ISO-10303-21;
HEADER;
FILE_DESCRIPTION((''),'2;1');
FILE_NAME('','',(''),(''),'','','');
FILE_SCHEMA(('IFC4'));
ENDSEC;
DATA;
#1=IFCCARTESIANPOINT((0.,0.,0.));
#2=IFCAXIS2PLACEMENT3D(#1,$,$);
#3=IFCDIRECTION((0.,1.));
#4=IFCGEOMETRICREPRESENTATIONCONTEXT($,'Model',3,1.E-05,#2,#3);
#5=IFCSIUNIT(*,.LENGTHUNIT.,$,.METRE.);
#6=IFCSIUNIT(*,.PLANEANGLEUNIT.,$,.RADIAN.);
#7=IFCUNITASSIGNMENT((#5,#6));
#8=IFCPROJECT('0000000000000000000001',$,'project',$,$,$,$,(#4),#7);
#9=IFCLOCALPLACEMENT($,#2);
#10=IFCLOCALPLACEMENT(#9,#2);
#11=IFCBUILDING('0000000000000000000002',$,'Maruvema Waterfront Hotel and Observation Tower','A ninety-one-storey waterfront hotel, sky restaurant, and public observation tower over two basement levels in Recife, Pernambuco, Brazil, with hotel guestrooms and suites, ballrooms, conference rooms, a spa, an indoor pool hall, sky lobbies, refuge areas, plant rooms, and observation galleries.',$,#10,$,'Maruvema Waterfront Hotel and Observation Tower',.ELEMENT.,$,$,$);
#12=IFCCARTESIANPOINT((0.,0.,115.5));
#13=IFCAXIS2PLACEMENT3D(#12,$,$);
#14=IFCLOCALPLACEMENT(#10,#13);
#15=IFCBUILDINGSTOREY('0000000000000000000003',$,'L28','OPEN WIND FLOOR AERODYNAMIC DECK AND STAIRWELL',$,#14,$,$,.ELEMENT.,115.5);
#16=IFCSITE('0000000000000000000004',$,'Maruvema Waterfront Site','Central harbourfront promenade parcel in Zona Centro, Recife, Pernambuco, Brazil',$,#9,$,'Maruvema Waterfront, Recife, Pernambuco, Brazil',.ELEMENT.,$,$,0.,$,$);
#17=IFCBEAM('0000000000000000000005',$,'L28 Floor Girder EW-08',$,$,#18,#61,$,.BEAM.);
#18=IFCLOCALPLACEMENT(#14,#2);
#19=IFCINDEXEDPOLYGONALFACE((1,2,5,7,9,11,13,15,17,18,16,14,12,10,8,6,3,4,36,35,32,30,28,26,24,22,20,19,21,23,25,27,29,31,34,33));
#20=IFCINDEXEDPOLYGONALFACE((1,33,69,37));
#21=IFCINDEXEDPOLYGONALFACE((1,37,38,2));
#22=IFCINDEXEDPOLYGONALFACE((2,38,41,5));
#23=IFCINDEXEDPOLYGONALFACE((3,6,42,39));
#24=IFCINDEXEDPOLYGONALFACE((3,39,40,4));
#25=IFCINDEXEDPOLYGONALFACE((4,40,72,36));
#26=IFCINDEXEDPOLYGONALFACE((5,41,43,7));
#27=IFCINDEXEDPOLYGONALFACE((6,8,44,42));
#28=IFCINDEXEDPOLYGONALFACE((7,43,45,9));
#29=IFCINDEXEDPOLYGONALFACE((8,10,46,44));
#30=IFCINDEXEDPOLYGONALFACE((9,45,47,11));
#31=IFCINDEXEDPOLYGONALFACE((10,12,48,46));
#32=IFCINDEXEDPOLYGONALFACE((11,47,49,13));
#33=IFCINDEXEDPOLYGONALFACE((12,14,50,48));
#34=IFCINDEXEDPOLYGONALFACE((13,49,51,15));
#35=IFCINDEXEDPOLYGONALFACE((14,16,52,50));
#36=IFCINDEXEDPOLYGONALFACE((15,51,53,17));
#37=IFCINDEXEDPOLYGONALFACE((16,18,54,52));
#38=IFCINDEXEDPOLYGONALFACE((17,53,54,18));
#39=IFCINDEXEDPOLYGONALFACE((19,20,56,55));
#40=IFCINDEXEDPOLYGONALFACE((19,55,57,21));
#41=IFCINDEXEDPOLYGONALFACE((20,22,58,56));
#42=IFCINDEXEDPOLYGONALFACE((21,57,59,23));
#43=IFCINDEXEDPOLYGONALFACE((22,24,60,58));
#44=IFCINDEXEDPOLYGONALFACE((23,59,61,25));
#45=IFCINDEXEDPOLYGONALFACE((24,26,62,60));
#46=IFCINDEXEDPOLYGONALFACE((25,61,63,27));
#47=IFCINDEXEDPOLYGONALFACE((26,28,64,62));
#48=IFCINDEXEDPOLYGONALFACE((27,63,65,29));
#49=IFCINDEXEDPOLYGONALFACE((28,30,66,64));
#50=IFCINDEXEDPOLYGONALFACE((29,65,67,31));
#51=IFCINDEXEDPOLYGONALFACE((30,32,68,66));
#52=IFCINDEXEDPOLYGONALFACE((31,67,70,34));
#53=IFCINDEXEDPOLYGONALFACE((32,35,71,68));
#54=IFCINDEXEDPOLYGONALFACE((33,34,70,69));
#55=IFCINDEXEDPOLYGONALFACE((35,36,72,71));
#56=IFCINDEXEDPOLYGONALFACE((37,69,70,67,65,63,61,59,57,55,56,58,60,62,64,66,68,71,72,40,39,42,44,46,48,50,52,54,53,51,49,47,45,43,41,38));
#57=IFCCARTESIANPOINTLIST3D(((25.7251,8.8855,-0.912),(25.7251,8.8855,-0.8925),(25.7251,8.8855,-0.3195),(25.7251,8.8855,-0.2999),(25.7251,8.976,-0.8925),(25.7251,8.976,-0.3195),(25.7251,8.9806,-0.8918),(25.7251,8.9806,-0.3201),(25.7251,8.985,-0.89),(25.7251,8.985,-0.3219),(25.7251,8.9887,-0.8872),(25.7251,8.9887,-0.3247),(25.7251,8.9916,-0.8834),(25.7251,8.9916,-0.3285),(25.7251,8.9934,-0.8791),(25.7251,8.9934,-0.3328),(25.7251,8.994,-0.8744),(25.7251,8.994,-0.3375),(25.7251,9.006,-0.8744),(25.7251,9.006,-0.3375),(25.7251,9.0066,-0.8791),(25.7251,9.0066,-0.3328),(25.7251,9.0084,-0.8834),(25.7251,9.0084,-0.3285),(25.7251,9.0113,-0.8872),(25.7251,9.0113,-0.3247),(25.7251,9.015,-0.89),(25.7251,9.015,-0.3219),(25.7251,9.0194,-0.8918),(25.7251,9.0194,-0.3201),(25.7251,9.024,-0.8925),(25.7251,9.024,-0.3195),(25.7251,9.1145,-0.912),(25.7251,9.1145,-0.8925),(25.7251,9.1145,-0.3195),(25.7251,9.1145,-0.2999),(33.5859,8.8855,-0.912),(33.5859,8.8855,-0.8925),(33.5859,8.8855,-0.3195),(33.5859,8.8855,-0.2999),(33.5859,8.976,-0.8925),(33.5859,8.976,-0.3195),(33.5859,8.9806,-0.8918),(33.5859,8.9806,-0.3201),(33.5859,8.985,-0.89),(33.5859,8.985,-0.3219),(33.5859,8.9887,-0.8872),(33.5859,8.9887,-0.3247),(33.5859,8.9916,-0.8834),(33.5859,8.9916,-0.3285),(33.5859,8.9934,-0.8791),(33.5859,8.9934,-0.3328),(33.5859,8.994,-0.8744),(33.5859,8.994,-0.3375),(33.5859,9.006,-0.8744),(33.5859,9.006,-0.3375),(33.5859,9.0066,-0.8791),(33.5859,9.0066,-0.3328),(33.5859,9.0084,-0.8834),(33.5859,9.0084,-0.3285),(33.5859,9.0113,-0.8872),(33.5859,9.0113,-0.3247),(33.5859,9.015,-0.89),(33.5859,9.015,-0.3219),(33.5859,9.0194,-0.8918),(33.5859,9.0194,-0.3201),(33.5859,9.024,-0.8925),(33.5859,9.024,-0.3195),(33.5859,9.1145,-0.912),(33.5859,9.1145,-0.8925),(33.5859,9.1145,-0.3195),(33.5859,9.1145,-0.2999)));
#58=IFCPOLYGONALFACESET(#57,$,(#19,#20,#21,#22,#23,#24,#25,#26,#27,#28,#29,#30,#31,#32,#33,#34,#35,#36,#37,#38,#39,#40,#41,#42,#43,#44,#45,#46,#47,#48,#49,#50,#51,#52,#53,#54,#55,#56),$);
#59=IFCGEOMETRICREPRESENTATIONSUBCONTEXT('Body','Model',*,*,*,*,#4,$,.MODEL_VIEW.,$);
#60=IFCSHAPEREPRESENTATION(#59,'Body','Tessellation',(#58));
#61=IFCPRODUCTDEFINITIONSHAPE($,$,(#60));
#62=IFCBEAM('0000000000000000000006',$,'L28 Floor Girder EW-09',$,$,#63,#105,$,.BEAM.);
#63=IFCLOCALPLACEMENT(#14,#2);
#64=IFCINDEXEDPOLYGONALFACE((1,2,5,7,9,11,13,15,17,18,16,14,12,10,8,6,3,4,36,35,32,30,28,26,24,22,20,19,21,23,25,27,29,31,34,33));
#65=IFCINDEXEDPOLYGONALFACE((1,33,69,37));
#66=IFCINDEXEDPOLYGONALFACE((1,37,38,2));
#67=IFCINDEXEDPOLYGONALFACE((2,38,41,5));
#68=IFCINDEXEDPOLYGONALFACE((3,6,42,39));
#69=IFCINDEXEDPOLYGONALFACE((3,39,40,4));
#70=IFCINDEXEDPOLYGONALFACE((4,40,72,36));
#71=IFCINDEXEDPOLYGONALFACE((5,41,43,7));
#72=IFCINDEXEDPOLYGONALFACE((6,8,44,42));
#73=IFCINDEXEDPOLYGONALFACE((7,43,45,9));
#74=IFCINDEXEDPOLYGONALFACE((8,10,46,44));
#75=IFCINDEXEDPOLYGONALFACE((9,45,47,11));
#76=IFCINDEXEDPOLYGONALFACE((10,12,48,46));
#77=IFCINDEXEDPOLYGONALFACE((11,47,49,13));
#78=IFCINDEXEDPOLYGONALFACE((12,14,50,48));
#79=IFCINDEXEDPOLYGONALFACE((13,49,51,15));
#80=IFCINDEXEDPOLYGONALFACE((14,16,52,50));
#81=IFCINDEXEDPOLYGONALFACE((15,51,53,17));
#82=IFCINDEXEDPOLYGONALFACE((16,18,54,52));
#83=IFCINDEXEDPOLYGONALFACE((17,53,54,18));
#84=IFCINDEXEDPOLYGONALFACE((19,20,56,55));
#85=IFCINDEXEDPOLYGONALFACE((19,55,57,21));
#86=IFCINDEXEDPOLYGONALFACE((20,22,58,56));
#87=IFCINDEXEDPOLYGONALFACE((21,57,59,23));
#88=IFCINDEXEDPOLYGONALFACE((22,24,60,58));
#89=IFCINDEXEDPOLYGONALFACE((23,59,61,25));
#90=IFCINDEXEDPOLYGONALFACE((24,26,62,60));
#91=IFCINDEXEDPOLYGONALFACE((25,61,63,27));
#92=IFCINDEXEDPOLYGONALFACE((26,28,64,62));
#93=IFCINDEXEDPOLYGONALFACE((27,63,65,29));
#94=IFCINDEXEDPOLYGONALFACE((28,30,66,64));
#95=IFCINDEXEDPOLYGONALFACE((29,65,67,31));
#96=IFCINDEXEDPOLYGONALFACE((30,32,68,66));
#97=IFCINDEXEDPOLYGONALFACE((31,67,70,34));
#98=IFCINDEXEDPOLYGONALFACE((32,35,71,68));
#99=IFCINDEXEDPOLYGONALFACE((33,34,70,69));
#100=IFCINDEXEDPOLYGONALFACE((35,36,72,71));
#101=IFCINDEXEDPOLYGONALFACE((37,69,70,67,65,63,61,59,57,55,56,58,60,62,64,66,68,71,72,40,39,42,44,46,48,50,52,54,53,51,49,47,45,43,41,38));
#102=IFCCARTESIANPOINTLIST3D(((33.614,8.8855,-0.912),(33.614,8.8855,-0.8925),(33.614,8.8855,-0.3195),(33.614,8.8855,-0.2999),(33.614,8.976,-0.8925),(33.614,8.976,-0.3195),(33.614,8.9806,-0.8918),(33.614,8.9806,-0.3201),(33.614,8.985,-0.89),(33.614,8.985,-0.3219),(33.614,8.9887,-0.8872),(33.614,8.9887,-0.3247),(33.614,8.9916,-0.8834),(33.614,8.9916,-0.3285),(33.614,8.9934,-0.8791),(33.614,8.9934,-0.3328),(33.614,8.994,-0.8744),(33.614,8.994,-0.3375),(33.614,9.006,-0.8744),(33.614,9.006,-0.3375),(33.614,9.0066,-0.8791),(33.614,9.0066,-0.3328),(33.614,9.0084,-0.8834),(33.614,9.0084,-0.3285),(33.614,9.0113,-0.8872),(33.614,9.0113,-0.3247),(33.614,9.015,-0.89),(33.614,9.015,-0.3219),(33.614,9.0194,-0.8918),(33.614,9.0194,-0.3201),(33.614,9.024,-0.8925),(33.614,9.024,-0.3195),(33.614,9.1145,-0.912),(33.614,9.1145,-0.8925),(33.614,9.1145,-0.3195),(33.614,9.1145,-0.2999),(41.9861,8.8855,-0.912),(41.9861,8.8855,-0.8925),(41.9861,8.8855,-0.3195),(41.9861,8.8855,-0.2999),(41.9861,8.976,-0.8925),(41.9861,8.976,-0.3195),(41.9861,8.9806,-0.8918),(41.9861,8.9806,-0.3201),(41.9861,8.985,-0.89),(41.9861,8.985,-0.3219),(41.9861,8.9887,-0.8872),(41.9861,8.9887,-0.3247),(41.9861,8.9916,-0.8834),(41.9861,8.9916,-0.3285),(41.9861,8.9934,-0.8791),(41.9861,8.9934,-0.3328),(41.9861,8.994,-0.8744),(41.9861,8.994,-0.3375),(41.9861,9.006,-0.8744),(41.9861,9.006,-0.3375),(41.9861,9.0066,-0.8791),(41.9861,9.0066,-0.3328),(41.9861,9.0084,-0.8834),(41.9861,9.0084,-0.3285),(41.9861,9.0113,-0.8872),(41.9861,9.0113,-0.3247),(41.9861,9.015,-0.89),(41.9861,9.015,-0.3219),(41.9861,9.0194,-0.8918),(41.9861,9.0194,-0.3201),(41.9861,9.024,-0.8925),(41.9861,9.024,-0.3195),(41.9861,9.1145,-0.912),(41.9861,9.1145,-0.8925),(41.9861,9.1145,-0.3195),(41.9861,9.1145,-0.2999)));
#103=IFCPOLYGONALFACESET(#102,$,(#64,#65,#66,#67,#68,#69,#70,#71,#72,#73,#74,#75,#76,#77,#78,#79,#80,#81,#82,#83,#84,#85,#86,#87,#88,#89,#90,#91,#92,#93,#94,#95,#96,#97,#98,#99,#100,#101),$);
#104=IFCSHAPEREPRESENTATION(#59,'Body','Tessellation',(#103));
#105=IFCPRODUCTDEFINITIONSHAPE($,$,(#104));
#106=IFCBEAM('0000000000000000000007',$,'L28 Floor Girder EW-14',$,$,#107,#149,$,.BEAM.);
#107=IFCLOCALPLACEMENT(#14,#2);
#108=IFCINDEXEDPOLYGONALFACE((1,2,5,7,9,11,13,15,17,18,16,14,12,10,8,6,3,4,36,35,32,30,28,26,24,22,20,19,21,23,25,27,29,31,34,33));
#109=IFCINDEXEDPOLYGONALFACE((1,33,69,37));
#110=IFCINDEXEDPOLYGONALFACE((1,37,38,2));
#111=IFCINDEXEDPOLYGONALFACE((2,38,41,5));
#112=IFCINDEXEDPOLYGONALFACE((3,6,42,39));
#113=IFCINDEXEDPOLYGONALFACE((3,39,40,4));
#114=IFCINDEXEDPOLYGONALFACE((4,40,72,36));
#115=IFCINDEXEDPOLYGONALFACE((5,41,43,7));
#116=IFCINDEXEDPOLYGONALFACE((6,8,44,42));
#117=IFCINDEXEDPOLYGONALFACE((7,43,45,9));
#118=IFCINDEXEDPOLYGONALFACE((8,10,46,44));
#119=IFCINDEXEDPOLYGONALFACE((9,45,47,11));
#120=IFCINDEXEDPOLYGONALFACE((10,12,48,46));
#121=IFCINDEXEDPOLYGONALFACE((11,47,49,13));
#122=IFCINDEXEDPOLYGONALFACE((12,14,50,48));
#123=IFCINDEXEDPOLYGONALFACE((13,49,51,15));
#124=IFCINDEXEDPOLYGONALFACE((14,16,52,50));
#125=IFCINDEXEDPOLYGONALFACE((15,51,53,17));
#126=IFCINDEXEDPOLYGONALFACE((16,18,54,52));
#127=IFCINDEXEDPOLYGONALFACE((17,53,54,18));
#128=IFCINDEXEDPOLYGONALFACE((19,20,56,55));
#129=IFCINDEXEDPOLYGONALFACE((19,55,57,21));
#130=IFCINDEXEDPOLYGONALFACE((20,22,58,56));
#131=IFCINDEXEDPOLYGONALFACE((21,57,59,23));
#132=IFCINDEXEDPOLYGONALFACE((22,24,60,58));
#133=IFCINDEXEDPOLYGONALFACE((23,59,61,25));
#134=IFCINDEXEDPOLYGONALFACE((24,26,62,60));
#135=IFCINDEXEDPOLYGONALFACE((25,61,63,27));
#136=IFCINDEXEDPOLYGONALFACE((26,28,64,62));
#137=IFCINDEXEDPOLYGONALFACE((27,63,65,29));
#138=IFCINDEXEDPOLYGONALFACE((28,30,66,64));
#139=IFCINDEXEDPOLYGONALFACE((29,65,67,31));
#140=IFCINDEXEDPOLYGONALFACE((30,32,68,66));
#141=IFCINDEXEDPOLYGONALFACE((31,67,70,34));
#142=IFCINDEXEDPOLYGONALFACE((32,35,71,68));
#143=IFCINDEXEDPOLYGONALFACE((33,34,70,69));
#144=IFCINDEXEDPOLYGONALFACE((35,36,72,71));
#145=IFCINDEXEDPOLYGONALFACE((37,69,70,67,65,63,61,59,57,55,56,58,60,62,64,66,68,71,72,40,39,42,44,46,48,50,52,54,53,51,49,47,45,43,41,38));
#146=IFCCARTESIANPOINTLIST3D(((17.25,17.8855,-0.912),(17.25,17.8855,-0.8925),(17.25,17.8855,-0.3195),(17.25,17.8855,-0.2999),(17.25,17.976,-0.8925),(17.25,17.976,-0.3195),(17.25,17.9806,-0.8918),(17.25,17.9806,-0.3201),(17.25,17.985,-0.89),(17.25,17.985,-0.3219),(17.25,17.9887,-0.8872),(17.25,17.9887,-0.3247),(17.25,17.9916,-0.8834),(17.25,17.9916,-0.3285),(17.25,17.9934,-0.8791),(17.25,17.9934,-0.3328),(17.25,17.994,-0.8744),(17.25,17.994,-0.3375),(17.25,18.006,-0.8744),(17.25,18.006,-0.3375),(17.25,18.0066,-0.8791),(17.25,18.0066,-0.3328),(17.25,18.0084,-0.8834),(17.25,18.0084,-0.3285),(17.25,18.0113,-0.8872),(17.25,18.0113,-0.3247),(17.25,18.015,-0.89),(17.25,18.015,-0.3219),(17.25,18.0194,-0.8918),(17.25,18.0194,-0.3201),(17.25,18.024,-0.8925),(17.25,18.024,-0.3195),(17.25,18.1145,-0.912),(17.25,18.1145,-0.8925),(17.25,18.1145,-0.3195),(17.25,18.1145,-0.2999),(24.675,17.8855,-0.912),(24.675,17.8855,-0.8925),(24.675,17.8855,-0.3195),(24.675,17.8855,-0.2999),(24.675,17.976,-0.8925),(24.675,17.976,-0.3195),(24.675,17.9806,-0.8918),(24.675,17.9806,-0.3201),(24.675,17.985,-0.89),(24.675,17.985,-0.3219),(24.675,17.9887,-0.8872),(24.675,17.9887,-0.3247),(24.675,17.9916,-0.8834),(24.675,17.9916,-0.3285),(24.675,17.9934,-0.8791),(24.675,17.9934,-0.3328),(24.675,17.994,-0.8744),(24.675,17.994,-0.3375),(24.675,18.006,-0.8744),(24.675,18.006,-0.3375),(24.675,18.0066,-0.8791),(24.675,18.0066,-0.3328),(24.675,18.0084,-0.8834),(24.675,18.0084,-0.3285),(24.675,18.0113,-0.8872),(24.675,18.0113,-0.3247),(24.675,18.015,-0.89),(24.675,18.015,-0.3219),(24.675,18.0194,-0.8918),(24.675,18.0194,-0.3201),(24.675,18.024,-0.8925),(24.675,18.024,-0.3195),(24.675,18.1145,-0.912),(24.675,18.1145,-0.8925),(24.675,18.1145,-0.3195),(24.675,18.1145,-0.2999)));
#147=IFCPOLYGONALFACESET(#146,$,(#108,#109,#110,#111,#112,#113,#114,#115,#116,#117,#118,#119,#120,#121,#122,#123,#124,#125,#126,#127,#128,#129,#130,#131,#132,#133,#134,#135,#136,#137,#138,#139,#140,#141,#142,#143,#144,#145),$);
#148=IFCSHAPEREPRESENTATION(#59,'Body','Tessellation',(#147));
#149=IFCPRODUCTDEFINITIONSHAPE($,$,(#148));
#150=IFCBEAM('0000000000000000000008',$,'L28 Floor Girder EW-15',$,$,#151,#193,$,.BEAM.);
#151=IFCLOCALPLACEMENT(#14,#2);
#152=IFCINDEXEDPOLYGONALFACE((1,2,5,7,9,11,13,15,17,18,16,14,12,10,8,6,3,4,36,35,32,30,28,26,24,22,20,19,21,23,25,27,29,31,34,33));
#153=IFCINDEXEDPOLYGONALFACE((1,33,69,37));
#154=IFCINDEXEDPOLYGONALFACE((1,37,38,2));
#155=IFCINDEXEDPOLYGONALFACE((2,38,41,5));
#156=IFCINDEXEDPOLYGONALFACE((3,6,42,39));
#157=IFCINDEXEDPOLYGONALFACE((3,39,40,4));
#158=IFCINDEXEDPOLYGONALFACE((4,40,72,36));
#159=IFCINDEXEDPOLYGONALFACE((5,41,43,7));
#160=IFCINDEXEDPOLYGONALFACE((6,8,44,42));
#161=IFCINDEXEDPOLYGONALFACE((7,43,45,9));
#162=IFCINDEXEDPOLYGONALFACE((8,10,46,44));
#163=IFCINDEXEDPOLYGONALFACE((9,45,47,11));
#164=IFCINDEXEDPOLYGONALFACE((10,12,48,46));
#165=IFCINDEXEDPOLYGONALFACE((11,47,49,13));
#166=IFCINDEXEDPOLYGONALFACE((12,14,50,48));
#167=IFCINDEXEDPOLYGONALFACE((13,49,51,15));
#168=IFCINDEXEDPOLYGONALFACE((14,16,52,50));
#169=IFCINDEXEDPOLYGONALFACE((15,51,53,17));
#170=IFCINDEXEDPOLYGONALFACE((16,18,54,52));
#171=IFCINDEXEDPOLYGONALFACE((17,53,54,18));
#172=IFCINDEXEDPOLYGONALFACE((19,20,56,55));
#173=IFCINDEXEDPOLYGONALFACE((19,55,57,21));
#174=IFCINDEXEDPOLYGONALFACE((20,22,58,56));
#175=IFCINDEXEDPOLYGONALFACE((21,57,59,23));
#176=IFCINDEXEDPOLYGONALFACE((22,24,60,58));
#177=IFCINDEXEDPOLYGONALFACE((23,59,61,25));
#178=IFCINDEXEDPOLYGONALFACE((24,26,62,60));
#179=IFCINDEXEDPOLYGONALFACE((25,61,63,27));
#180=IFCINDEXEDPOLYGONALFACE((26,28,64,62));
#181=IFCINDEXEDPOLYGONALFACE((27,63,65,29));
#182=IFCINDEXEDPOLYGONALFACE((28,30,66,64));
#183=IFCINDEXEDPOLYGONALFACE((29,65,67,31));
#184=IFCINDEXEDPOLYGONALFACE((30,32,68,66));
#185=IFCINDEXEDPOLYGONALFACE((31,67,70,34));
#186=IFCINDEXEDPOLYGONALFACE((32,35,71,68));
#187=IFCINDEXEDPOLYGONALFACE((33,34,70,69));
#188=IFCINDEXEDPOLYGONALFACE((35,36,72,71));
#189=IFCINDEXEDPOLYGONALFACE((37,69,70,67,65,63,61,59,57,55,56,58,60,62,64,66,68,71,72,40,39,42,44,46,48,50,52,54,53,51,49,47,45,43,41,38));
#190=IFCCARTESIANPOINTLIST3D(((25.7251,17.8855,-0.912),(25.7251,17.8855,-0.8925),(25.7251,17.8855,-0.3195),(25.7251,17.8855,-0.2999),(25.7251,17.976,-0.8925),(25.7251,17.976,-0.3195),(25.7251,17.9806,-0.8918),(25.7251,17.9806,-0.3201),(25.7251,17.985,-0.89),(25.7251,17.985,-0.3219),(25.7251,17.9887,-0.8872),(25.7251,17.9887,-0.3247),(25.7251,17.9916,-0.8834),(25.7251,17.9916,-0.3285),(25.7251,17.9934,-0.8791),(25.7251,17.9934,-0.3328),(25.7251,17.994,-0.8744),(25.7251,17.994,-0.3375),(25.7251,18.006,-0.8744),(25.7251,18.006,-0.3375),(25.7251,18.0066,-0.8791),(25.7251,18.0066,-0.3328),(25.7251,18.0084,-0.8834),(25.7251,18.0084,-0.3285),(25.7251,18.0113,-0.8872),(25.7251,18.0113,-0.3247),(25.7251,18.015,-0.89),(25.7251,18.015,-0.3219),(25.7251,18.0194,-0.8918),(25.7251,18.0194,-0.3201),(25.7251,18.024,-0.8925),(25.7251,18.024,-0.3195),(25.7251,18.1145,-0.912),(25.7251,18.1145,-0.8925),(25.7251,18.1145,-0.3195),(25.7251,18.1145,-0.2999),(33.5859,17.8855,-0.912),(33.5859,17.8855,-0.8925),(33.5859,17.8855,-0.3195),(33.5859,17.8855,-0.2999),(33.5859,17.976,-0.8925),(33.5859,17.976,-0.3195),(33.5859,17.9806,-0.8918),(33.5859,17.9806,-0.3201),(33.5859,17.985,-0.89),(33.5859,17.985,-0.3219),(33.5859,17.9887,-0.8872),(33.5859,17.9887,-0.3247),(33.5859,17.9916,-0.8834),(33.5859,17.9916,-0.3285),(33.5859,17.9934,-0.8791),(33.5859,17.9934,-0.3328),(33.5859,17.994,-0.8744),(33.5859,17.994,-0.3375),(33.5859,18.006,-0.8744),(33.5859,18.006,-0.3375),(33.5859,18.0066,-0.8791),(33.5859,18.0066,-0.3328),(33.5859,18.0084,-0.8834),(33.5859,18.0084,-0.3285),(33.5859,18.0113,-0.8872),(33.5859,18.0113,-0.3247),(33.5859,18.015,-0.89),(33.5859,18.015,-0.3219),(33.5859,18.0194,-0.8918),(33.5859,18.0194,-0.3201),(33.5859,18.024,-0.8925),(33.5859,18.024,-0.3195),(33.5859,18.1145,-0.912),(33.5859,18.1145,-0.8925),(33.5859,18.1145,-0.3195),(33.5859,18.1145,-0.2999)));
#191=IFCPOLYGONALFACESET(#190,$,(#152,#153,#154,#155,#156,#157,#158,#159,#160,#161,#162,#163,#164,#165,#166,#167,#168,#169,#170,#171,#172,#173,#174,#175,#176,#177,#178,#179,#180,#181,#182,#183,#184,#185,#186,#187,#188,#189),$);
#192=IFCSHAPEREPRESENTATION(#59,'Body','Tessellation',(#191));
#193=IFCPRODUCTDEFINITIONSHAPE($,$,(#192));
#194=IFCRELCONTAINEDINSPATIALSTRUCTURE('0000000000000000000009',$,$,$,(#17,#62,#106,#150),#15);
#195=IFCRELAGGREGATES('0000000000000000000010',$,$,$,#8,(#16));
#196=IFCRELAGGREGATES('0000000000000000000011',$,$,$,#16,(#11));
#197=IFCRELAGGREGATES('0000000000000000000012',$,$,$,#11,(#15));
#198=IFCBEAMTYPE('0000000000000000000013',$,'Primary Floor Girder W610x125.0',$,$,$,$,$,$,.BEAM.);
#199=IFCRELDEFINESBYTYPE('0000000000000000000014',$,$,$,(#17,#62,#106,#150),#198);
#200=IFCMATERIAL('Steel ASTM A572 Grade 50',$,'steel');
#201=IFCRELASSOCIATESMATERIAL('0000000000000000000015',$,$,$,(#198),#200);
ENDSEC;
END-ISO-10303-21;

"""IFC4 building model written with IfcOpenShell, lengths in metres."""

from ifc_helpers import new_model, si_unit, direction, frame, origin, origin_2d, place, context, subcontext, project, spatial, i_section, extrude, material, material_profile, profile_set, type_object, element, save


model = new_model("IFC4")

# Units and contexts
model_context = context("Model", 3, precision=1e-05, world=origin(), true_north=direction((0.0, 1.0)))
body_context = subcontext(model_context, "Body", "Model", "MODEL_VIEW")
ifc_project = project(units=[si_unit("LENGTHUNIT", "METRE"), si_unit("PLANEANGLEUNIT", "RADIAN")], contexts=[model_context])

# Site, building, storey
site_placement = place(None, origin())
site = spatial("IfcSite", under=ifc_project, at=site_placement, Name="Maruvema Waterfront Site", Description="Central harbourfront promenade parcel in Zona Centro, Recife, Pernambuco, Brazil", LongName="Maruvema Waterfront, Recife, Pernambuco, Brazil", CompositionType="ELEMENT", RefElevation=0.0)
building_placement = place(site_placement, origin())
building = spatial("IfcBuilding", under=site, at=building_placement, Name="Maruvema Waterfront Hotel and Observation Tower", Description="A ninety-one-storey waterfront hotel, sky restaurant, and public observation tower over two basement levels in Recife, Pernambuco, Brazil, with hotel guestrooms and suites, ballrooms, conference rooms, a spa, an indoor pool hall, sky lobbies, refuge areas, plant rooms, and observation galleries.", LongName="Maruvema Waterfront Hotel and Observation Tower", CompositionType="ELEMENT")
storey_placement = place(building_placement, frame((0.0, 0.0, 115.5)))
storey = spatial("IfcBuildingStorey", under=building, at=storey_placement, Name="L28", Description="OPEN WIND FLOOR AERODYNAMIC DECK AND STAIRWELL", CompositionType="ELEMENT", Elevation=115.5)

# Beams
ifc_material_1 = material(Name="Steel ASTM A572 Grade 50", Category="steel")
ifc_material_profile_1 = material_profile(ifc_material_1, i_section(OverallWidth=0.229, OverallDepth=0.6121, WebThickness=0.012, FlangeThickness=0.0195, FilletRadius=0.0181, at=origin_2d()), Name="W610x125.0")
ifc_profile_set_1 = profile_set([ifc_material_profile_1], Name="Steel ASTM A572 Grade 50")
beam_type_1 = type_object("IfcBeamType", Name="Primary Floor Girder W610x125.0", PredefinedType="BEAM", material=ifc_profile_set_1)
beam_1_placement = place(storey_placement, frame((25.7251, 9.0, -0.606), z_axis=(1.0, 0.0, 0.0), x_axis=(0.0, 1.0, 0.0)))
element("IfcBeam", 1, at=beam_1_placement, inside=storey, type_object=beam_type_1, Name="L28 Floor Girder EW-08", PredefinedType="BEAM", context=body_context, shape_type="SweptSolid", body=[
    extrude(i_section(OverallWidth=0.229, OverallDepth=0.6121, WebThickness=0.012, FlangeThickness=0.0195, FilletRadius=0.0181, at=origin_2d()), origin(), (0.0, 0.0, 1.0), 7.8608),
])
beam_2_placement = place(storey_placement, frame((33.614, 9.0, -0.606), z_axis=(1.0, 0.0, 0.0), x_axis=(0.0, 1.0, 0.0)))
element("IfcBeam", 2, at=beam_2_placement, inside=storey, type_object=beam_type_1, Name="L28 Floor Girder EW-09", PredefinedType="BEAM", context=body_context, shape_type="SweptSolid", body=[
    extrude(i_section(OverallWidth=0.229, OverallDepth=0.6121, WebThickness=0.012, FlangeThickness=0.0195, FilletRadius=0.0181, at=origin_2d()), origin(), (0.0, 0.0, 1.0), 8.3721),
])
beam_3_placement = place(storey_placement, frame((17.25, 18.0, -0.606), z_axis=(1.0, 0.0, 0.0), x_axis=(0.0, 1.0, 0.0)))
element("IfcBeam", 3, at=beam_3_placement, inside=storey, type_object=beam_type_1, Name="L28 Floor Girder EW-14", PredefinedType="BEAM", context=body_context, shape_type="SweptSolid", body=[
    extrude(i_section(OverallWidth=0.229, OverallDepth=0.6121, WebThickness=0.012, FlangeThickness=0.0195, FilletRadius=0.0181, at=origin_2d()), origin(), (0.0, 0.0, 1.0), 7.425),
])
beam_4_placement = place(storey_placement, frame((25.7251, 18.0, -0.606), z_axis=(1.0, 0.0, 0.0), x_axis=(0.0, 1.0, 0.0)))
element("IfcBeam", 4, at=beam_4_placement, inside=storey, type_object=beam_type_1, Name="L28 Floor Girder EW-15", PredefinedType="BEAM", context=body_context, shape_type="SweptSolid", body=[
    extrude(i_section(OverallWidth=0.229, OverallDepth=0.6121, WebThickness=0.012, FlangeThickness=0.0195, FilletRadius=0.0181, at=origin_2d()), origin(), (0.0, 0.0, 1.0), 7.8608),
])

save(model, "model.ifc")
